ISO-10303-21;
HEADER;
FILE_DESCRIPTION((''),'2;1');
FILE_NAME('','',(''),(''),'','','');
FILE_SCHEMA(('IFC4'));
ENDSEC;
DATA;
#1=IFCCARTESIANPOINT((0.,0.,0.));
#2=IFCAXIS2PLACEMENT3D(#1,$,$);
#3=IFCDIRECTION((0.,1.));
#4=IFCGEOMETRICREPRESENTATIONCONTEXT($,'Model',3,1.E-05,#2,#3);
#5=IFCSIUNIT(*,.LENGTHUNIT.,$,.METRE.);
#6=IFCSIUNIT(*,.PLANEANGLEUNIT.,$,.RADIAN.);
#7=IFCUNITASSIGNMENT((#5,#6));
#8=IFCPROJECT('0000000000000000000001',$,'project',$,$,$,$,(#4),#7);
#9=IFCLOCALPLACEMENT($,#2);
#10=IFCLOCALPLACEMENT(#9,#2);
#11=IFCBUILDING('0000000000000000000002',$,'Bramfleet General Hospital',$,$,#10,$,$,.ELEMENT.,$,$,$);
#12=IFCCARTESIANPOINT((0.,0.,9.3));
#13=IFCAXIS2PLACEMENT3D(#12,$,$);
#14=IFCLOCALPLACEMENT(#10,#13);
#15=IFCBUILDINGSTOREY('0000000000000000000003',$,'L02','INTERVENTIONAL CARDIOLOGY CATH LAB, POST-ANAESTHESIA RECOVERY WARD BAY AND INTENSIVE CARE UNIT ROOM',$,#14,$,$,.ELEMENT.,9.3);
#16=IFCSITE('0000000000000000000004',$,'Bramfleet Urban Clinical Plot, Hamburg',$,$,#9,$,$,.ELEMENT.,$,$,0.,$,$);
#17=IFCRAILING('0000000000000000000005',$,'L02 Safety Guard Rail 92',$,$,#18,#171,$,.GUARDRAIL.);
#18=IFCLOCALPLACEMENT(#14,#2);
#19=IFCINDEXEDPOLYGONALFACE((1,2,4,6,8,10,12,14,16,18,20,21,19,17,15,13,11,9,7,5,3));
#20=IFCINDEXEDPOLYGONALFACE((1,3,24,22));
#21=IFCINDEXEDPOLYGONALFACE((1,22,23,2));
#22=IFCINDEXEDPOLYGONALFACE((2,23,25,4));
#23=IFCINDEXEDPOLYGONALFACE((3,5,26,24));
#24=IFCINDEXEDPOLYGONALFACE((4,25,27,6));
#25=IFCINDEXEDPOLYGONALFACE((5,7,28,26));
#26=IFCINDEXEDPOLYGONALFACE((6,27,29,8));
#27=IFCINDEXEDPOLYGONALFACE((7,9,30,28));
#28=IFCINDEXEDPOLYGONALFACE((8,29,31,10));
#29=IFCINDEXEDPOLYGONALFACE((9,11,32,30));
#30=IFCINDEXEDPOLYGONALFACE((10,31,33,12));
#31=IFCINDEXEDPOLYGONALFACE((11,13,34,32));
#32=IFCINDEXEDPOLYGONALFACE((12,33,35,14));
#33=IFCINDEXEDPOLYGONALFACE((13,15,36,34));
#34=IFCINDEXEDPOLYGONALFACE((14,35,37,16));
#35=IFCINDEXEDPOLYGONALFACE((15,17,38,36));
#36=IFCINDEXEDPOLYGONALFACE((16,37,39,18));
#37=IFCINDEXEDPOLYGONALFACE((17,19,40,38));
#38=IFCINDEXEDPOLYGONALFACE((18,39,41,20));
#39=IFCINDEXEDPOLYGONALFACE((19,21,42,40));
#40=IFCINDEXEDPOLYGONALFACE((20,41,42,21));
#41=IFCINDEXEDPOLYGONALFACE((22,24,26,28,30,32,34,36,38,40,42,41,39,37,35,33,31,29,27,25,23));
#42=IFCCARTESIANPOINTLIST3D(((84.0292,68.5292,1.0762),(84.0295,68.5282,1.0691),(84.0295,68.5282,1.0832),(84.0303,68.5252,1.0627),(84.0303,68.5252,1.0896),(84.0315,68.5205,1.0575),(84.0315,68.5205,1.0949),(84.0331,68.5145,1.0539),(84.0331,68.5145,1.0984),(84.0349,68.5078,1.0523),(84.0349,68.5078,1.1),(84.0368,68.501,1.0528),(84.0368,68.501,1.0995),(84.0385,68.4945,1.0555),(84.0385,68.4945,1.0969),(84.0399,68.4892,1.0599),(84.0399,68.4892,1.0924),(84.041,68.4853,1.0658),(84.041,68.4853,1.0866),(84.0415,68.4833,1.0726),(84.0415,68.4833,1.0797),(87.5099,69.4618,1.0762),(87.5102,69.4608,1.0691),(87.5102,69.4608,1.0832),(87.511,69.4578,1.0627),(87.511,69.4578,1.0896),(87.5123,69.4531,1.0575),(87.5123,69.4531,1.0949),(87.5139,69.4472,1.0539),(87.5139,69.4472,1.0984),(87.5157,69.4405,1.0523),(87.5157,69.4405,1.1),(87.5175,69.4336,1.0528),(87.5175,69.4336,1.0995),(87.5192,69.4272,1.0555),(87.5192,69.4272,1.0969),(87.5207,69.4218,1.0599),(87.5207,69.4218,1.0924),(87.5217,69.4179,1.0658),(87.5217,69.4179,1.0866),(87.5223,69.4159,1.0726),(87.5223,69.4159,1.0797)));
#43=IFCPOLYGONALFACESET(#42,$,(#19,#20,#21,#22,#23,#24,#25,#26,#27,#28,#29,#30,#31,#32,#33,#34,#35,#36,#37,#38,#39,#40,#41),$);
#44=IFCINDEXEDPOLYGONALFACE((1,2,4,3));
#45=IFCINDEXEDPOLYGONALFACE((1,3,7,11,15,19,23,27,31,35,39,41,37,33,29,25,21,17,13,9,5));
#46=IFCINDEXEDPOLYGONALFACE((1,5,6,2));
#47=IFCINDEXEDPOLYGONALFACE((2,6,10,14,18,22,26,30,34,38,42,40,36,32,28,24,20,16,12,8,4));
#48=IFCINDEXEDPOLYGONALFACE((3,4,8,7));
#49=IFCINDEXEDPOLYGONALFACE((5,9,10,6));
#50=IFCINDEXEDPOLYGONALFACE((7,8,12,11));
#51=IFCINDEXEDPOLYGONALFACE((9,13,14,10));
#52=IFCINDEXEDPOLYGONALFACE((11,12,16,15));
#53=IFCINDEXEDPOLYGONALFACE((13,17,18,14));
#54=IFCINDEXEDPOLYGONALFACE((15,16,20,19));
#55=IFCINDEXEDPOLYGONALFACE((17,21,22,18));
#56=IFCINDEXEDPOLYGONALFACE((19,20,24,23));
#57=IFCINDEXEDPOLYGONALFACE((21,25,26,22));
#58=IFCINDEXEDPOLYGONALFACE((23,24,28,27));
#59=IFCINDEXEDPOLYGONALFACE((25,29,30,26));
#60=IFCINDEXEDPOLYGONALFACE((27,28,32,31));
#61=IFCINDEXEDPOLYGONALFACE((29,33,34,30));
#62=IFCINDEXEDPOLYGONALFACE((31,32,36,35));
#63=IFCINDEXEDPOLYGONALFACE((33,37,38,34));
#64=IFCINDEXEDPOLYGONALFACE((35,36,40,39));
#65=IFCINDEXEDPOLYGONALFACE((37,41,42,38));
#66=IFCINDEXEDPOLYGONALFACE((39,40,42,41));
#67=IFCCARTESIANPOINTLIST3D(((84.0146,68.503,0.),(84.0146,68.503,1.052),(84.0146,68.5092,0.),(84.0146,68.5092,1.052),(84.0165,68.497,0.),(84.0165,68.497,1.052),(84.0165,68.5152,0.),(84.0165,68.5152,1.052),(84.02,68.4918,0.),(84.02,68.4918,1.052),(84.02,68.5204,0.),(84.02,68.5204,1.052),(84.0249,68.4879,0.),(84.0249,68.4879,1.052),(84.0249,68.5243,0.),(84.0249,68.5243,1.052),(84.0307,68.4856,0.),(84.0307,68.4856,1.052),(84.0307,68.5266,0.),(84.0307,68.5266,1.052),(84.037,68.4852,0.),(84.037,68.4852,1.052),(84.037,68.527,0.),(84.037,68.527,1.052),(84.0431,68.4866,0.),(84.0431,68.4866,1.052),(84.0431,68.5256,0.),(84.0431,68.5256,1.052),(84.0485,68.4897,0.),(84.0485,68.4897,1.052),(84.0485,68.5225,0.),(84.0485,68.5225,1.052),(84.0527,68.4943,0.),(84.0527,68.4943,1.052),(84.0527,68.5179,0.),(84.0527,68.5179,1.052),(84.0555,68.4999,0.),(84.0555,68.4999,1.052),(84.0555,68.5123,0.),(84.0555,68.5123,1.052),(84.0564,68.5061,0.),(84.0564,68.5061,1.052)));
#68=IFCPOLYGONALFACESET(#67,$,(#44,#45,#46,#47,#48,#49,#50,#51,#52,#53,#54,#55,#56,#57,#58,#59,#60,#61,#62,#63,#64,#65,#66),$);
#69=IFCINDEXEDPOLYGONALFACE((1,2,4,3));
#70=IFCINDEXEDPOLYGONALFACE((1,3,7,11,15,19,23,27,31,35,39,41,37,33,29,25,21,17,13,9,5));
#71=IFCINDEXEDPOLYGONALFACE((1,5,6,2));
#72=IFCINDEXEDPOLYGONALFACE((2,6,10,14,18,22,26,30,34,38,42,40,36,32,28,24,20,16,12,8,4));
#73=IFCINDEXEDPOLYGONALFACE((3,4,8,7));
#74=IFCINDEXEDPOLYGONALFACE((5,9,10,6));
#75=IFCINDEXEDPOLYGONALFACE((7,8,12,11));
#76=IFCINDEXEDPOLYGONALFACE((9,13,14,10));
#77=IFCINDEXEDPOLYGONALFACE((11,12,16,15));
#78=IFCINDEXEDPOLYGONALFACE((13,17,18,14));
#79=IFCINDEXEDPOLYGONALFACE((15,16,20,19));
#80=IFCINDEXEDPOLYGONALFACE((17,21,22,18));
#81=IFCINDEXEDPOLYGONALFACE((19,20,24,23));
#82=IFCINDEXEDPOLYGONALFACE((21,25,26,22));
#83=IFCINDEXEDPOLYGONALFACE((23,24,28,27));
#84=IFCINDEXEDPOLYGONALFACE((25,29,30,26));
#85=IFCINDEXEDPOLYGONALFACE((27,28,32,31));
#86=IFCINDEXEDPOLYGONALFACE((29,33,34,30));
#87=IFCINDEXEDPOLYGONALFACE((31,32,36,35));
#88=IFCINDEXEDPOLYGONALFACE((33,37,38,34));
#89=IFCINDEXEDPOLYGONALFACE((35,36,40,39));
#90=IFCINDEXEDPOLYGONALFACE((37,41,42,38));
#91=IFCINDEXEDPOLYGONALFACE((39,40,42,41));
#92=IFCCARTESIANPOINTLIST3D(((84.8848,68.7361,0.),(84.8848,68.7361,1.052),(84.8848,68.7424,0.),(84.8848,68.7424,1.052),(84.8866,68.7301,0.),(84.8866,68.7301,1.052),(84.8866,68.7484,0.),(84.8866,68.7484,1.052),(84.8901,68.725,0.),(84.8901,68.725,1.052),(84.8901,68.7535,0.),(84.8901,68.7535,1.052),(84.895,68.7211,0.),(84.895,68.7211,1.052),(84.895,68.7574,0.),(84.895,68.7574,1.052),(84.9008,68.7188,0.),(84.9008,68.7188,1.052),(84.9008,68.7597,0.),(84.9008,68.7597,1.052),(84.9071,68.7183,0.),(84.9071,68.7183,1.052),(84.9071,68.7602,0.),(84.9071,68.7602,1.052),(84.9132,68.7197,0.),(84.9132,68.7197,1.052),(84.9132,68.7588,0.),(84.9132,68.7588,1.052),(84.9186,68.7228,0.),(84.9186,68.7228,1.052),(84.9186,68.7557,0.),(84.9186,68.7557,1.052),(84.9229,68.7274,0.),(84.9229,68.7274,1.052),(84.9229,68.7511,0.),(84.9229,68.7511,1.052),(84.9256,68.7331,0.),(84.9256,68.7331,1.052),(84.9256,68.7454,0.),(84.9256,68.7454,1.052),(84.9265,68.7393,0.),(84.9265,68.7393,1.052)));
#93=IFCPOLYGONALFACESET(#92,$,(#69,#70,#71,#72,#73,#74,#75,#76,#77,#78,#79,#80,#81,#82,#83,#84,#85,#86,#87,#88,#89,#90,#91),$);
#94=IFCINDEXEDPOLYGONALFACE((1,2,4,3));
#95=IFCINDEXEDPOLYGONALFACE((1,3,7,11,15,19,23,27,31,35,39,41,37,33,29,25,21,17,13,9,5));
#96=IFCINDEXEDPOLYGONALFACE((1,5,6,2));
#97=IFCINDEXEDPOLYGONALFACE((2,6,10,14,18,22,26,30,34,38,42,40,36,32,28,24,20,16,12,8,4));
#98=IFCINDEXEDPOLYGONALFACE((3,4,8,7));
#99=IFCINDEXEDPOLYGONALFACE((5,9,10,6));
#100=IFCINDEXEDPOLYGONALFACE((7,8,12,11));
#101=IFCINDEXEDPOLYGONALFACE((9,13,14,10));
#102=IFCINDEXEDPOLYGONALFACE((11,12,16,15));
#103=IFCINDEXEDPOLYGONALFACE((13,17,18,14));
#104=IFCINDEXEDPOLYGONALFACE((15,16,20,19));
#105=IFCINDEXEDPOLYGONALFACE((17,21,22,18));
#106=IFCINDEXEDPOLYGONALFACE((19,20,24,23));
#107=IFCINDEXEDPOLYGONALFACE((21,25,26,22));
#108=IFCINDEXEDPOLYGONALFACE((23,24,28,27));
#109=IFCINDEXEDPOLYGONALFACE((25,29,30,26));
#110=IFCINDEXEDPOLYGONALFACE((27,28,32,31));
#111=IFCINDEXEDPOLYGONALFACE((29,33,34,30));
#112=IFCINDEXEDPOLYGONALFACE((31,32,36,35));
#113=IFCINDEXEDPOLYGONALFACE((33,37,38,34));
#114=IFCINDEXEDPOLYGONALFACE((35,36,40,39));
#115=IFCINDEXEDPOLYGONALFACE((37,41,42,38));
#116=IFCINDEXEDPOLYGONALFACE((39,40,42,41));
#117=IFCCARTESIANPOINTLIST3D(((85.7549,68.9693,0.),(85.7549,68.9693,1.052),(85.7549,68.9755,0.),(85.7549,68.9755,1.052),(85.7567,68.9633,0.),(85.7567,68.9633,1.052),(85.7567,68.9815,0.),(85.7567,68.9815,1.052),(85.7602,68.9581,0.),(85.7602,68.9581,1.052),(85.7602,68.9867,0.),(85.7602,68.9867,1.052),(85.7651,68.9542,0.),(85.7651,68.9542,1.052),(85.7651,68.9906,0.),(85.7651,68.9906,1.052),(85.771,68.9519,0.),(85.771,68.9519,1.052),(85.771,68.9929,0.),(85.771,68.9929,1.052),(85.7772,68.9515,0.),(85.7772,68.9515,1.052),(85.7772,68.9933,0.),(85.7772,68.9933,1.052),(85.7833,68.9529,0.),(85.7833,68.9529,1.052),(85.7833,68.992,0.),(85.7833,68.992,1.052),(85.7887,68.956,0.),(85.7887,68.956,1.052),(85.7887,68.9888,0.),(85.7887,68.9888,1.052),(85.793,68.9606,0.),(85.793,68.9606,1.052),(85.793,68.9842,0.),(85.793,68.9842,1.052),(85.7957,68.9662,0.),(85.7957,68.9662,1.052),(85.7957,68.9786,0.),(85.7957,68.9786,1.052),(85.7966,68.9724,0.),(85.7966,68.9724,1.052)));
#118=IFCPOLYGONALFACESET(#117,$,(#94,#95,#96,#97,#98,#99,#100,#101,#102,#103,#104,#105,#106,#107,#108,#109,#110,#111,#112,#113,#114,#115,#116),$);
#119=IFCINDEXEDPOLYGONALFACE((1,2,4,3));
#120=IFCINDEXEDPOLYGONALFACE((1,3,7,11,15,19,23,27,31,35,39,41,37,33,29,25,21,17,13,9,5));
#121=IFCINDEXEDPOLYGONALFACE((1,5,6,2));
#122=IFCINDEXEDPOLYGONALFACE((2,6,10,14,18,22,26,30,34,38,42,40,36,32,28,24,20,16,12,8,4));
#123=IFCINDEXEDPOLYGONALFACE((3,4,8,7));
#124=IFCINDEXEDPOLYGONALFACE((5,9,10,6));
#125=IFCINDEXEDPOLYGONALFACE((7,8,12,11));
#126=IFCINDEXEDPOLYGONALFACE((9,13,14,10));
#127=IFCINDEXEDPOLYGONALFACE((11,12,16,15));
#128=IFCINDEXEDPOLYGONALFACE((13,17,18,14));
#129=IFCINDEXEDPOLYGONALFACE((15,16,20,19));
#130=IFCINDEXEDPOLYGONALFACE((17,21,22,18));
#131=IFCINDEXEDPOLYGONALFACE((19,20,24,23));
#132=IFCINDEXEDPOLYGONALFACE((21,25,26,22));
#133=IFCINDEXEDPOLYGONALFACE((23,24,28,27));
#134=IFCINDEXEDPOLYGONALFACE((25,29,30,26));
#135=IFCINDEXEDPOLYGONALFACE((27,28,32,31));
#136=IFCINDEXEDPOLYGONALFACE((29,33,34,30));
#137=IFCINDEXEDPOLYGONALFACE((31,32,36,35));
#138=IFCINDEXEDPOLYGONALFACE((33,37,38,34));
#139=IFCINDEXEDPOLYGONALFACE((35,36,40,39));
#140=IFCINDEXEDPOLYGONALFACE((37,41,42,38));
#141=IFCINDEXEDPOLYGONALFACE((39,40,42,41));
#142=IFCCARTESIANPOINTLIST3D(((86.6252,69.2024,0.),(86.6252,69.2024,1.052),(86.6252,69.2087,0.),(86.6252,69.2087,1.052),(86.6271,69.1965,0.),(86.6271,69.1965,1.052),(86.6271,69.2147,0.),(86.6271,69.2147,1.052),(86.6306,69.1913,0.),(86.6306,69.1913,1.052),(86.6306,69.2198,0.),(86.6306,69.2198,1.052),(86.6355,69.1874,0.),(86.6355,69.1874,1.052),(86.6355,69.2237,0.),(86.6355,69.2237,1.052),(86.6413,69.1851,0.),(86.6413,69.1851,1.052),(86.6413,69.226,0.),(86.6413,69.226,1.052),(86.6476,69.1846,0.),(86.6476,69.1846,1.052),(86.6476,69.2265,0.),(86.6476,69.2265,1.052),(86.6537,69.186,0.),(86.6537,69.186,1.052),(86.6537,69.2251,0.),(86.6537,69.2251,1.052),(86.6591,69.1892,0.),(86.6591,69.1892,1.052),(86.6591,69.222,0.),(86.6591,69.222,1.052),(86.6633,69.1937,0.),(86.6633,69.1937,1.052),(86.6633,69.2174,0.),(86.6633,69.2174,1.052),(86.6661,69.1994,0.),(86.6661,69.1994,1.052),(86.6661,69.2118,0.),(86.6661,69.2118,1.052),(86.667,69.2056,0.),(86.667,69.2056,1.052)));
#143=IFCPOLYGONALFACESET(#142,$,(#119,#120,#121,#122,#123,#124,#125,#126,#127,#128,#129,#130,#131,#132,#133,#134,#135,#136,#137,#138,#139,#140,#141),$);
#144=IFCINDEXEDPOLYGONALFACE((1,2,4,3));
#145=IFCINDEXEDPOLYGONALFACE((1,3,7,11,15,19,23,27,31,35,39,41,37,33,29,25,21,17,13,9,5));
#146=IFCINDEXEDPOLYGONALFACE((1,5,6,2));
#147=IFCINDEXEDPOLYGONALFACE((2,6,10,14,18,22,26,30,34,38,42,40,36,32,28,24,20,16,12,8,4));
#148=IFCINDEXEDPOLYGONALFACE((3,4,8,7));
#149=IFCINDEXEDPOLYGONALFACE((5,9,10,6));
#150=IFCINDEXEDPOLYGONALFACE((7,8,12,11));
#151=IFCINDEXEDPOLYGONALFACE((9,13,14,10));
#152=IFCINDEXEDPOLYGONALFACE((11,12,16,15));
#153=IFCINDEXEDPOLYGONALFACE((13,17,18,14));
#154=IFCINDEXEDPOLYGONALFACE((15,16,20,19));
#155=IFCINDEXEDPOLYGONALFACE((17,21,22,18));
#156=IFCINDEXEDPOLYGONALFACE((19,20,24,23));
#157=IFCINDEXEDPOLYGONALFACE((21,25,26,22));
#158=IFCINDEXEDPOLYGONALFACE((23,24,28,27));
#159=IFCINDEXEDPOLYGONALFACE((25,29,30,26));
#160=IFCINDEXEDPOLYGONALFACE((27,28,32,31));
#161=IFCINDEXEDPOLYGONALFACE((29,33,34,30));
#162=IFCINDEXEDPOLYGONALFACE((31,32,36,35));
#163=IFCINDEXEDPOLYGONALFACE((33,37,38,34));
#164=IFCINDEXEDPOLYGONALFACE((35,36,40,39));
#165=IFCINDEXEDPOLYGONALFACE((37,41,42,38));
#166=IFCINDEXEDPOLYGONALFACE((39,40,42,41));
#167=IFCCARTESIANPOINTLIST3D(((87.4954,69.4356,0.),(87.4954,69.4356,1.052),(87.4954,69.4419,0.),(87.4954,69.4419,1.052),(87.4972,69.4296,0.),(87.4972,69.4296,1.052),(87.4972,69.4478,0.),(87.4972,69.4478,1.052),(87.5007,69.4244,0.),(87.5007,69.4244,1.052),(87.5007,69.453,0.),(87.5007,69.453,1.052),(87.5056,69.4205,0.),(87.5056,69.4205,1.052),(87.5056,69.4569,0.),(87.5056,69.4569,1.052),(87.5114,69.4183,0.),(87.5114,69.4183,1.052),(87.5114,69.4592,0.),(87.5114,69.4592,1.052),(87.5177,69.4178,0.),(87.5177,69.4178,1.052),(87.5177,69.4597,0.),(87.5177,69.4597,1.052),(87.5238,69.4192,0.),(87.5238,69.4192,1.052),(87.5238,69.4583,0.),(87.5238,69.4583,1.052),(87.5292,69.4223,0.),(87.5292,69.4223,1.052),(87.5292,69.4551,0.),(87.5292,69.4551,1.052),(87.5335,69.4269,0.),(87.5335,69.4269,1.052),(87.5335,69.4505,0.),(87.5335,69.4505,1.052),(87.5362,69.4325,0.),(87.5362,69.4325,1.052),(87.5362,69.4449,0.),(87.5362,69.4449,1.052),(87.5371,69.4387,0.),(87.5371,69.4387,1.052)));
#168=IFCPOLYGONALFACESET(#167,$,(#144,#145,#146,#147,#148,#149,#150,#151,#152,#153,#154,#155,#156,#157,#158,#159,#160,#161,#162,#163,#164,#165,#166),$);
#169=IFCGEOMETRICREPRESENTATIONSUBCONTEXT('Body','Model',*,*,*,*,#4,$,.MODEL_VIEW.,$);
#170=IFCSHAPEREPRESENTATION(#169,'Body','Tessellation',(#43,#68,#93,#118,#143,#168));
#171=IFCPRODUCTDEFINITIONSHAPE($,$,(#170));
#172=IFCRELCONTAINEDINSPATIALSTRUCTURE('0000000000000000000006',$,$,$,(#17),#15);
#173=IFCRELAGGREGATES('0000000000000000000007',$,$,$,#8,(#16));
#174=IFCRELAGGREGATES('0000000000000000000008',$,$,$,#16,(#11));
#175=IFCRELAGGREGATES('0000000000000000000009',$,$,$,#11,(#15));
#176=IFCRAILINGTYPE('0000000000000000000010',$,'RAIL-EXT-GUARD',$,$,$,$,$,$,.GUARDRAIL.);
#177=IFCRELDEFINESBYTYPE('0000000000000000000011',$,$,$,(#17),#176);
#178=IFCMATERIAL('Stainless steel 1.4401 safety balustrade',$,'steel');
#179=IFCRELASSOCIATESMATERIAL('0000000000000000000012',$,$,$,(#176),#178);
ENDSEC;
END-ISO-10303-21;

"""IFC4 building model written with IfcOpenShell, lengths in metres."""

from ifc_helpers import new_model, si_unit, direction, frame, origin, origin_2d, place, context, subcontext, project, spatial, circle, extrude, material, type_object, element, save


model = new_model("IFC4")

# Units and contexts
model_context = context("Model", 3, precision=1e-05, world=origin(), true_north=direction((0.0, 1.0)))
body_context = subcontext(model_context, "Body", "Model", "MODEL_VIEW")
ifc_project = project(units=[si_unit("LENGTHUNIT", "METRE"), si_unit("PLANEANGLEUNIT", "RADIAN")], contexts=[model_context])

# Site, building, storey
site_placement = place(None, origin())
site = spatial("IfcSite", under=ifc_project, at=site_placement, Name="Bramfleet Urban Clinical Plot, Hamburg", CompositionType="ELEMENT", RefElevation=0.0)
building_placement = place(site_placement, origin())
building = spatial("IfcBuilding", under=site, at=building_placement, Name="Bramfleet General Hospital", CompositionType="ELEMENT")
storey_placement = place(building_placement, frame((0.0, 0.0, 9.3)))
storey = spatial("IfcBuildingStorey", under=building, at=storey_placement, Name="L02", Description="INTERVENTIONAL CARDIOLOGY CATH LAB, POST-ANAESTHESIA RECOVERY WARD BAY AND INTENSIVE CARE UNIT ROOM", CompositionType="ELEMENT", Elevation=9.3)

# Railing
ifc_material_1 = material(Name="Stainless steel 1.4401 safety balustrade", Category="steel")
railing_type = type_object("IfcRailingType", Name="RAIL-EXT-GUARD", PredefinedType="GUARDRAIL", material=ifc_material_1)
railing_placement = place(storey_placement, frame((84.0354, 68.5061, 0.0)))
element("IfcRailing", 1, at=railing_placement, inside=storey, type_object=railing_type, Name="L02 Safety Guard Rail 92", PredefinedType="GUARDRAIL", context=body_context, shape_type="SweptSolid", body=[
    extrude(circle(Radius=0.0239, at=origin_2d()), frame((0.0, 0.0, 1.0762), z_axis=(0.965928, 0.258809, 0.0), x_axis=(-0.258809, 0.965928, 0.0)), (0.0, 0.0, 1.0), 3.6035),
    extrude(circle(Radius=0.021, at=origin_2d()), origin(), (0.0, 0.0, 1.0), 1.052),
    extrude(circle(Radius=0.021, at=origin_2d()), frame((0.8701, 0.2332, 0.0)), (0.0, 0.0, 1.0), 1.052),
    extrude(circle(Radius=0.021, at=origin_2d()), frame((1.7402, 0.4663, 0.0)), (0.0, 0.0, 1.0), 1.052),
    extrude(circle(Radius=0.021, at=origin_2d()), frame((2.6106, 0.6995, 0.0)), (0.0, 0.0, 1.0), 1.052),
    extrude(circle(Radius=0.021, at=origin_2d()), frame((3.4807, 0.9326, 0.0)), (0.0, 0.0, 1.0), 1.052),
])

save(model, "model.ifc")
